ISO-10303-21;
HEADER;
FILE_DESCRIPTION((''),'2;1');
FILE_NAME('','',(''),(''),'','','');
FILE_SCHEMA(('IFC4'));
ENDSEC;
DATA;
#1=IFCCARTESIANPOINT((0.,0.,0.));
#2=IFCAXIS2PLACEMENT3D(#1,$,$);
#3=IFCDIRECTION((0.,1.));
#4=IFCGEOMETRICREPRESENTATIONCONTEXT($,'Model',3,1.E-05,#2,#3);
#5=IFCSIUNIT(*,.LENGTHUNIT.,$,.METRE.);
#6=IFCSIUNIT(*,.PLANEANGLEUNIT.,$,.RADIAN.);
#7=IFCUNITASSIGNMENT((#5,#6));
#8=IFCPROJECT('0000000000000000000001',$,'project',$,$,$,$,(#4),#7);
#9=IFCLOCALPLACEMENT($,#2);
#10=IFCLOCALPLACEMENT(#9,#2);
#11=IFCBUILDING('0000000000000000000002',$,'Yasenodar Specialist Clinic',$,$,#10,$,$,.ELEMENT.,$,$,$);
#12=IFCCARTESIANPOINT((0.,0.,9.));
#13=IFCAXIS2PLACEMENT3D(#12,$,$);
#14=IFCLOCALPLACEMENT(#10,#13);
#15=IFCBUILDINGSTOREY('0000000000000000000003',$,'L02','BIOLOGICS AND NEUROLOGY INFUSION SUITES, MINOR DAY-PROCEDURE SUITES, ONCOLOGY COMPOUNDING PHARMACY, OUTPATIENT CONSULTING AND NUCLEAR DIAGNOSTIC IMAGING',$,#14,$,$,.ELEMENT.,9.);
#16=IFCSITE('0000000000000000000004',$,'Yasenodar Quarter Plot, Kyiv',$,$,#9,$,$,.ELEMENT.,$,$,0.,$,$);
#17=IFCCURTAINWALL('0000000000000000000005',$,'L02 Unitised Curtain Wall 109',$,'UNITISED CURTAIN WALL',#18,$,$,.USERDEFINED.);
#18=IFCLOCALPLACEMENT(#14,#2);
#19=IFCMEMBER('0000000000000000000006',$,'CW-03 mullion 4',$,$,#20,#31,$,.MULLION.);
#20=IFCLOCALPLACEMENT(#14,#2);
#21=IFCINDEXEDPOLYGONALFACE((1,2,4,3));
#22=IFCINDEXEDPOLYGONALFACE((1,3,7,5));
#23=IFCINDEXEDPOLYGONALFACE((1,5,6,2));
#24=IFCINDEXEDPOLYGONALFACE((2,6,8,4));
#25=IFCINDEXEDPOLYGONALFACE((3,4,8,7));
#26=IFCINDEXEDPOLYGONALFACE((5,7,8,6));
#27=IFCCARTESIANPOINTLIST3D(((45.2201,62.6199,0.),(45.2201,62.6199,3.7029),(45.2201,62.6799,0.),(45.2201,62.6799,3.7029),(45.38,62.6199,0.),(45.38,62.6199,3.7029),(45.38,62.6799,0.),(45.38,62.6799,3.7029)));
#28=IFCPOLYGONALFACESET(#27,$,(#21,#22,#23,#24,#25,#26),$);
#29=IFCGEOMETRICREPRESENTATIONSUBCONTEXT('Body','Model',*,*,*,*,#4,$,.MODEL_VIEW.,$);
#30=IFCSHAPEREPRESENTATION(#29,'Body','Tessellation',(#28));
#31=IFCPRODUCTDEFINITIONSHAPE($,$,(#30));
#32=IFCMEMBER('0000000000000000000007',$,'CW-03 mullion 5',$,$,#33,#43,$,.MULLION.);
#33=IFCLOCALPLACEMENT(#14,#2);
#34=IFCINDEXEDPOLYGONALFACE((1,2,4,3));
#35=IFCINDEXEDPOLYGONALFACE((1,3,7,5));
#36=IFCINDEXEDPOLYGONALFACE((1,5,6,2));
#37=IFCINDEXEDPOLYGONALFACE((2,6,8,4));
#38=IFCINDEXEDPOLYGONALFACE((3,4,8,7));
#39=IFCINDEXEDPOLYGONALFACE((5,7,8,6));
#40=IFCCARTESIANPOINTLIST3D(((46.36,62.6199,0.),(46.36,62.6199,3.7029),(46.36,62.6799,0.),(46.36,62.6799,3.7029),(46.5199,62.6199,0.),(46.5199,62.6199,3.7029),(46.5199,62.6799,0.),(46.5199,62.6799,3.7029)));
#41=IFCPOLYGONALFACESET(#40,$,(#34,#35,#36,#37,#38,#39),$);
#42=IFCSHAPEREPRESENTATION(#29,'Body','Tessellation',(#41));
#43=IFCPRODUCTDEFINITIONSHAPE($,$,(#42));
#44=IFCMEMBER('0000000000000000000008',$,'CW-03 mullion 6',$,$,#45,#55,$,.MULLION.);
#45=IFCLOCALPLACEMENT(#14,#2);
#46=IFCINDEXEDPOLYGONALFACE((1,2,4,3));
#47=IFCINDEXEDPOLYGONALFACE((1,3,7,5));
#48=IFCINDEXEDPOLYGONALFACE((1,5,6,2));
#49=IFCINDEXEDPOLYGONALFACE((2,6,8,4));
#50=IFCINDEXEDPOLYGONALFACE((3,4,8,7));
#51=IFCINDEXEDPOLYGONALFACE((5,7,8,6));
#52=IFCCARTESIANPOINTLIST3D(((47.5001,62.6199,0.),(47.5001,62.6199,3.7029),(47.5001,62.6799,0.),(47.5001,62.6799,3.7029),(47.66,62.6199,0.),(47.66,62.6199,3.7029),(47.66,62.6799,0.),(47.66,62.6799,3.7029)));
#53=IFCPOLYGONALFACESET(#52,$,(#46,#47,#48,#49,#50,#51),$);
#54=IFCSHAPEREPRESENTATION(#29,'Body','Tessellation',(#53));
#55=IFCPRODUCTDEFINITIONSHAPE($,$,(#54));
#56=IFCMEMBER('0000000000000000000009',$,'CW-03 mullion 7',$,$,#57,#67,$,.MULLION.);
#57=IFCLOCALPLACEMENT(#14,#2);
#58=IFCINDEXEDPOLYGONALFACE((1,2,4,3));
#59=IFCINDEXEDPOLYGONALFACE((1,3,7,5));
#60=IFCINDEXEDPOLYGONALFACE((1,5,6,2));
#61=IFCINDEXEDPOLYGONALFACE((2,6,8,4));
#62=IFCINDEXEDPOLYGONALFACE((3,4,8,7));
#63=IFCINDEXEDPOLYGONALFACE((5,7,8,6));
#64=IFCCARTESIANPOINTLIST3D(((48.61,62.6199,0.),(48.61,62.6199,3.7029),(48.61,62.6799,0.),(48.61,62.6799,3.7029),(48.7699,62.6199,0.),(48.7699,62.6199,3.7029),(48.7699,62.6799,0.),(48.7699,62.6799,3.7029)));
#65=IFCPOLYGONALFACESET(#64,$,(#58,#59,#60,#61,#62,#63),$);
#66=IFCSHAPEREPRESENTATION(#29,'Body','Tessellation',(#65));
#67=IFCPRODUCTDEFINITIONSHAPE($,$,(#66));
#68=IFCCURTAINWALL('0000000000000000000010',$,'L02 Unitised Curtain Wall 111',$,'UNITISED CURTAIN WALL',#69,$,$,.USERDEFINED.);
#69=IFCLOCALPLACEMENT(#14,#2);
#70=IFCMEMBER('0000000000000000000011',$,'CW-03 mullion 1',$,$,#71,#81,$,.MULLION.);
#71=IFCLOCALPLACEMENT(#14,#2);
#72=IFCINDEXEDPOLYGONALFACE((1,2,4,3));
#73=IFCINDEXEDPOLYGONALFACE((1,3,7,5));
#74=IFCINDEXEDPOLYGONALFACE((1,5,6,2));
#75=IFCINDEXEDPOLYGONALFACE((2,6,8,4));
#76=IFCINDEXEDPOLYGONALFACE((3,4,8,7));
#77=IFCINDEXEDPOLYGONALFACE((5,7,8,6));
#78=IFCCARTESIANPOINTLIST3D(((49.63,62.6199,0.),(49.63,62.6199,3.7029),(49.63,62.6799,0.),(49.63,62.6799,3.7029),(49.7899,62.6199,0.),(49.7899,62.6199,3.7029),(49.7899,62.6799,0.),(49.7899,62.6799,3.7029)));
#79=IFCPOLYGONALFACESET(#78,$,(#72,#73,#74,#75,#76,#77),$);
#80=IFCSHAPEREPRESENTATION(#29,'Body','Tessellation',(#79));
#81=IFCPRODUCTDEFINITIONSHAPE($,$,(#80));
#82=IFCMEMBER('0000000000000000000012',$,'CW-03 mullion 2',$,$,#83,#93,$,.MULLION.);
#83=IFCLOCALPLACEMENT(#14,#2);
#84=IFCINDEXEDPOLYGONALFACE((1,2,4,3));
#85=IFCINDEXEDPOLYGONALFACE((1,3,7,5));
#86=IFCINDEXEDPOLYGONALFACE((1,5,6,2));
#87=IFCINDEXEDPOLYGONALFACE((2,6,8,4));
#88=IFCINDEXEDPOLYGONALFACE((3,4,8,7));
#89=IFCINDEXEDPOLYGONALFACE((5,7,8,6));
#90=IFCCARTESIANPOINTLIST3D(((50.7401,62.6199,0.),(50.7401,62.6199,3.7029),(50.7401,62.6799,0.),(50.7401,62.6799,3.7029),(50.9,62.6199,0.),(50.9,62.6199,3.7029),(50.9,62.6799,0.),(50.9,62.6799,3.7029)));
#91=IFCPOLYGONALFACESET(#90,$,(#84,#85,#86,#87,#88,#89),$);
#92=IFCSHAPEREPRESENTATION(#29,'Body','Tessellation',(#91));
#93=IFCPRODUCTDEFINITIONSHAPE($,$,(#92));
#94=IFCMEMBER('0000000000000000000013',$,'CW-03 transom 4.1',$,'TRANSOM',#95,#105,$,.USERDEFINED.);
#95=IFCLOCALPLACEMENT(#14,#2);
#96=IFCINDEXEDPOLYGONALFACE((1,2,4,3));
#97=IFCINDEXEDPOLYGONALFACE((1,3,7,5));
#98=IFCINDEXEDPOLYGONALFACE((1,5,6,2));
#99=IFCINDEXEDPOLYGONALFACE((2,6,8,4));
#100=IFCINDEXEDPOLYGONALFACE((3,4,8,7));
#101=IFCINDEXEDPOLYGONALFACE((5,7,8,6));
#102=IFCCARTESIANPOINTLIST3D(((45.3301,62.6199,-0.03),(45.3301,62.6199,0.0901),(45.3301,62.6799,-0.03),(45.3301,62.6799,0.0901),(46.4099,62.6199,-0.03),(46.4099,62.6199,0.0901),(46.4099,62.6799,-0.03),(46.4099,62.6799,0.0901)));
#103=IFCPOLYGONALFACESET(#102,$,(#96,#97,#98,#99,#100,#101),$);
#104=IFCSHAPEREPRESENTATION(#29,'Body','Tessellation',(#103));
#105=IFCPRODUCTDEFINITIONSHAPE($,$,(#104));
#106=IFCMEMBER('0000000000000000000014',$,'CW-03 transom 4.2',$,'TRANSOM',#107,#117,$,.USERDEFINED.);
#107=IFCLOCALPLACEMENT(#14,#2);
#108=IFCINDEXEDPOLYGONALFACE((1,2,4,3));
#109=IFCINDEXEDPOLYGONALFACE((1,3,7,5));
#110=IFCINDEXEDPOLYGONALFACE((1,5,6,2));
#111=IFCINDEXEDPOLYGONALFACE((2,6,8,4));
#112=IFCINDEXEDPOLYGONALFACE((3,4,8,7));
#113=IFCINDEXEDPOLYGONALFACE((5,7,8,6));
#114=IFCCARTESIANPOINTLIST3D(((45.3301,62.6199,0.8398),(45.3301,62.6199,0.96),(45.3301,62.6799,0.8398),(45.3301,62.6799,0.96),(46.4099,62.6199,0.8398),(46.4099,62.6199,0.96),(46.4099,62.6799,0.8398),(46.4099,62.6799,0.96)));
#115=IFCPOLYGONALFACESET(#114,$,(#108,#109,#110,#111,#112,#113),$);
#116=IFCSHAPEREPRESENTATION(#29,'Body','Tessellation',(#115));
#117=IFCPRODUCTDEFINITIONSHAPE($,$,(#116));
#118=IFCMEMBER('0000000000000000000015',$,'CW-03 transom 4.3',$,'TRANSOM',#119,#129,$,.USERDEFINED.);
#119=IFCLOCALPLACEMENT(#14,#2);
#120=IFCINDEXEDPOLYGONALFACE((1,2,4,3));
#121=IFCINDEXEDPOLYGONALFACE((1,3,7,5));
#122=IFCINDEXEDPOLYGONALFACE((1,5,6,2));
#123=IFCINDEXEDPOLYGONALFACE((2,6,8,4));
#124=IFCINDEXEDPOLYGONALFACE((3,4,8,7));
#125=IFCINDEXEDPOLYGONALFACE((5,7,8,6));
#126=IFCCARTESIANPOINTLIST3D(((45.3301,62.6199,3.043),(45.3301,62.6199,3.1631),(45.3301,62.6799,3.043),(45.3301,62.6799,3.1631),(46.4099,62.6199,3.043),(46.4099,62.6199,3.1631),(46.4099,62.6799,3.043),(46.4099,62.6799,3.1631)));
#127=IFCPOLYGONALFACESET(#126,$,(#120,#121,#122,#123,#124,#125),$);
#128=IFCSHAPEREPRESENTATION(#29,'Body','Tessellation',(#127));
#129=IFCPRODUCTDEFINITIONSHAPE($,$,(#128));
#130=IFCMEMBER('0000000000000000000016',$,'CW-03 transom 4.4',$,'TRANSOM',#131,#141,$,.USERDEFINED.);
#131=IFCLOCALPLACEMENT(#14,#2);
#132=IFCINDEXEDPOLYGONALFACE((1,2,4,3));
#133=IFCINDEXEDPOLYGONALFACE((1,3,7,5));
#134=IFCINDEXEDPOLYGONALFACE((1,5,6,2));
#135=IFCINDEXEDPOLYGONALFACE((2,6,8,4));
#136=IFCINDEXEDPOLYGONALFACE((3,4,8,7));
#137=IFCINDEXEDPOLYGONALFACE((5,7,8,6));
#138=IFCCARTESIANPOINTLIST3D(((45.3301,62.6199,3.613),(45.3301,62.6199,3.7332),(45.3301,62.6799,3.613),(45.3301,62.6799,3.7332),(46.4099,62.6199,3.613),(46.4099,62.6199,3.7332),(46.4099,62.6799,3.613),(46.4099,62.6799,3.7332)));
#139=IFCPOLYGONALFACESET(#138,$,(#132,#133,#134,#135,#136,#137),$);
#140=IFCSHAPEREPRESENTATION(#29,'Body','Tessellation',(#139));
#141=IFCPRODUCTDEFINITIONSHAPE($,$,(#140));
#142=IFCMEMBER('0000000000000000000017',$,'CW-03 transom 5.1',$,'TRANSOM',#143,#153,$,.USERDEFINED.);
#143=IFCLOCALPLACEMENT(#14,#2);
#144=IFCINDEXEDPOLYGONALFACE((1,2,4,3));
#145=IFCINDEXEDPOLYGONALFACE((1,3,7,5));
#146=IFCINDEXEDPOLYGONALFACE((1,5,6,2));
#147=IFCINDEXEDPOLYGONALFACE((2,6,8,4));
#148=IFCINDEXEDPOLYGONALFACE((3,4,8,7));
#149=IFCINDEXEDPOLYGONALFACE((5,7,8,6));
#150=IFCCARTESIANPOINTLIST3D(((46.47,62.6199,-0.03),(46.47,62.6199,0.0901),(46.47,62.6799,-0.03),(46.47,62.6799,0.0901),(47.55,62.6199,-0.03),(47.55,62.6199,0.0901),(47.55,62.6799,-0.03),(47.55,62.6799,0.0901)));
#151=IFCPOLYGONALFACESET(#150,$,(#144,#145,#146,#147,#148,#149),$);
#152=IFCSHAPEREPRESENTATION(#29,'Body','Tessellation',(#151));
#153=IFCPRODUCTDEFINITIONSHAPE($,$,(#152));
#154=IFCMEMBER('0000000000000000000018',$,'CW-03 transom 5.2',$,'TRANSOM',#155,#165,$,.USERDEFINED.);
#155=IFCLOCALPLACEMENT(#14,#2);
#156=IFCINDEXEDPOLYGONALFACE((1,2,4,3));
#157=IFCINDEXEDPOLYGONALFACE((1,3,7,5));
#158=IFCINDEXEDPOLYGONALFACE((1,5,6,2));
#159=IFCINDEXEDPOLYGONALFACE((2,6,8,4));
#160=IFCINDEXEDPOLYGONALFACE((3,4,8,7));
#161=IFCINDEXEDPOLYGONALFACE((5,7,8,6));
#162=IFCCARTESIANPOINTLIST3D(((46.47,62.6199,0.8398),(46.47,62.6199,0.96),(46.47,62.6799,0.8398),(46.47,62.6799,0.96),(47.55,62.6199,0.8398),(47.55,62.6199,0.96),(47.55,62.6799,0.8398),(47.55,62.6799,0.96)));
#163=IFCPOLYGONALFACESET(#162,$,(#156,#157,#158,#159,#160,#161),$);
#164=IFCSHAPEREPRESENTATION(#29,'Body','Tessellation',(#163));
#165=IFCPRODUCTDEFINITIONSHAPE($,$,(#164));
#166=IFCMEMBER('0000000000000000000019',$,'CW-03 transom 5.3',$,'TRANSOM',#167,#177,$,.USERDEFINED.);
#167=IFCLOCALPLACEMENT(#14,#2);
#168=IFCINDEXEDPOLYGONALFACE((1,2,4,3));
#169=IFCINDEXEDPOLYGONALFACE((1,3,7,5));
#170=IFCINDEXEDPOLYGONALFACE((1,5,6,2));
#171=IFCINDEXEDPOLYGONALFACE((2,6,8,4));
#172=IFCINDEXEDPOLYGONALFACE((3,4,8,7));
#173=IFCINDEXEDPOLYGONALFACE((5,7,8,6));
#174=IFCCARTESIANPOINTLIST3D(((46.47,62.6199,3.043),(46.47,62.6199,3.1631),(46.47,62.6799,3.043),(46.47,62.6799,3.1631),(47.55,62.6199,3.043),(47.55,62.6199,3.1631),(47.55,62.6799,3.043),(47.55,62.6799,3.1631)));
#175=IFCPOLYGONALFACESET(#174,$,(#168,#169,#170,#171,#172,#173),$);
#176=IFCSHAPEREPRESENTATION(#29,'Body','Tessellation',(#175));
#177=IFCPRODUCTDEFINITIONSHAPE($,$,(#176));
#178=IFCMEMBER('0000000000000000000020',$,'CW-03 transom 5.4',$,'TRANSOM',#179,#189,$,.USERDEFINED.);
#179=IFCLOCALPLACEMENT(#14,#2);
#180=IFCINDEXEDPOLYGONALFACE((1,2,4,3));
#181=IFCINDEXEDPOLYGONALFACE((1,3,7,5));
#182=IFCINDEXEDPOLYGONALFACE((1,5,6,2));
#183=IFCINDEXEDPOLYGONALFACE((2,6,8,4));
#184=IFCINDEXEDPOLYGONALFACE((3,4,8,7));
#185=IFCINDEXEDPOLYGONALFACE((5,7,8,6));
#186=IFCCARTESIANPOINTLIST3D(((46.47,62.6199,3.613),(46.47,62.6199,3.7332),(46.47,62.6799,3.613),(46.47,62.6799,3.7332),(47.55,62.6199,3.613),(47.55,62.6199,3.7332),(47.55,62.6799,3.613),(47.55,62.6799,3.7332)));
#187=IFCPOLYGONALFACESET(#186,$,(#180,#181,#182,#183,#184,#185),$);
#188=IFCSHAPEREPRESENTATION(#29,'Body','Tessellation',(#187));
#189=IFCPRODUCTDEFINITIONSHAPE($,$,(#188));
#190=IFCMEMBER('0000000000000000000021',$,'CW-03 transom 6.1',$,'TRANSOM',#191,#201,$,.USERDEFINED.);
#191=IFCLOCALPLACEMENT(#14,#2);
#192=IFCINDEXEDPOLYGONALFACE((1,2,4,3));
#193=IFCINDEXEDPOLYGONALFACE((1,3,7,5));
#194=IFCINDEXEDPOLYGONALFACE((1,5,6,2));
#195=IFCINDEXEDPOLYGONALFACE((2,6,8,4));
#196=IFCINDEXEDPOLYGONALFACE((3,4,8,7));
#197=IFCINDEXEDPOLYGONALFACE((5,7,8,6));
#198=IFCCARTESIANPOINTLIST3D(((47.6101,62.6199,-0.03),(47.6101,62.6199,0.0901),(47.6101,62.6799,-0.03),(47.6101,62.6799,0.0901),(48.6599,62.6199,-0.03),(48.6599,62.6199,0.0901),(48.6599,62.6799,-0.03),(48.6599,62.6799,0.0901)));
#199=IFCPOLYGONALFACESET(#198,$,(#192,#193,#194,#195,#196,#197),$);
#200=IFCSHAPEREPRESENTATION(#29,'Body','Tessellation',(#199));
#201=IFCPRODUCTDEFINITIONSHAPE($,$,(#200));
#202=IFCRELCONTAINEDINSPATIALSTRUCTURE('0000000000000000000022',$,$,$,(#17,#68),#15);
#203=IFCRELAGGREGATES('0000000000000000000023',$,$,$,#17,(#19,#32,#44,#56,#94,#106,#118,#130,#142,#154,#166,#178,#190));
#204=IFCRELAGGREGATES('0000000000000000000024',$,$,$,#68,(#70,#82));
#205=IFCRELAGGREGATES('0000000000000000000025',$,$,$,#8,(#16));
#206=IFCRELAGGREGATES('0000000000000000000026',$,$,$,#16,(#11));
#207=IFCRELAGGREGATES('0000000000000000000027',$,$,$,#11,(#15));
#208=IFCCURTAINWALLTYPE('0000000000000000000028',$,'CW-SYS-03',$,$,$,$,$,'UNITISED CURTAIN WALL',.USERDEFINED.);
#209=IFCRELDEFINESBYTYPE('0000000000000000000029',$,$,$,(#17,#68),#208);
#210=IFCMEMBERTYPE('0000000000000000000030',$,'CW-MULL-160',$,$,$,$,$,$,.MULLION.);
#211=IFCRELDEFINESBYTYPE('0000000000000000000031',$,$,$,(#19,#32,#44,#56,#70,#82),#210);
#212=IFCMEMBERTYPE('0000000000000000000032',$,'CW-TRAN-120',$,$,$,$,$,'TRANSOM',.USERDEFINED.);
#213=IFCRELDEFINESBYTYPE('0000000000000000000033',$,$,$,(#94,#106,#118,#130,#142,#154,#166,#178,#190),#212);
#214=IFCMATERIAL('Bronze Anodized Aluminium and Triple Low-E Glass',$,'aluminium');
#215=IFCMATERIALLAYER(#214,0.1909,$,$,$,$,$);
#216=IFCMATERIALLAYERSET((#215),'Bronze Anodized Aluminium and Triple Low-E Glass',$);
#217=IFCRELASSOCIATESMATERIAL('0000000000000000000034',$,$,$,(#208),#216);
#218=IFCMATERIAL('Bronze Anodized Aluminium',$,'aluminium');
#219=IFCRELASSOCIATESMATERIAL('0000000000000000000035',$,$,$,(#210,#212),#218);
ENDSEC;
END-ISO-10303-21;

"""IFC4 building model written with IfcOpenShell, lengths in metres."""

from ifc_helpers import new_model, si_unit, direction, frame, origin, origin_2d, place, context, subcontext, project, spatial, rectangle, extrude, material, layer, layer_set, material_profile, profile_set, type_object, element, aggregate, save


model = new_model("IFC4")

# Units and contexts
model_context = context("Model", 3, precision=1e-05, world=origin(), true_north=direction((0.0, 1.0)))
body_context = subcontext(model_context, "Body", "Model", "MODEL_VIEW")
ifc_project = project(units=[si_unit("LENGTHUNIT", "METRE"), si_unit("PLANEANGLEUNIT", "RADIAN")], contexts=[model_context])

# Site, building, storey
site_placement = place(None, origin())
site = spatial("IfcSite", under=ifc_project, at=site_placement, Name="Yasenodar Quarter Plot, Kyiv", CompositionType="ELEMENT", RefElevation=0.0)
building_placement = place(site_placement, origin())
building = spatial("IfcBuilding", under=site, at=building_placement, Name="Yasenodar Specialist Clinic", CompositionType="ELEMENT")
storey_placement = place(building_placement, frame((0.0, 0.0, 9.0)))
storey = spatial("IfcBuildingStorey", under=building, at=storey_placement, Name="L02", Description="BIOLOGICS AND NEUROLOGY INFUSION SUITES, MINOR DAY-PROCEDURE SUITES, ONCOLOGY COMPOUNDING PHARMACY, OUTPATIENT CONSULTING AND NUCLEAR DIAGNOSTIC IMAGING", CompositionType="ELEMENT", Elevation=9.0)

# Curtain walls, members
ifc_material_1 = material(Name="Bronze Anodized Aluminium and Triple Low-E Glass", Category="aluminium")
ifc_layer_1 = layer(ifc_material_1, 0.1909)
ifc_layer_set_1 = layer_set([ifc_layer_1], Name="Bronze Anodized Aluminium and Triple Low-E Glass")
curtain_wall_type = type_object("IfcCurtainWallType", Name="CW-SYS-03", ElementType="UNITISED CURTAIN WALL", PredefinedType="USERDEFINED", material=ifc_layer_set_1)
curtain_wall_1_placement = place(storey_placement, origin())
curtain_wall_1 = element("IfcCurtainWall", 1, at=curtain_wall_1_placement, inside=storey, type_object=curtain_wall_type, Name="L02 Unitised Curtain Wall 109", ObjectType="UNITISED CURTAIN WALL", PredefinedType="USERDEFINED")
ifc_material_2 = material(Name="Bronze Anodized Aluminium", Category="aluminium")
ifc_material_profile_1 = material_profile(ifc_material_2, rectangle(XDim=0.0601, YDim=0.1599, at=origin_2d()), Name="CW-MULL 60x160")
ifc_profile_set_1 = profile_set([ifc_material_profile_1], Name="Bronze Anodized Aluminium")
member_type_1 = type_object("IfcMemberType", Name="CW-MULL-160", PredefinedType="MULLION", material=ifc_profile_set_1)
member_1_placement = place(storey_placement, frame((45.3, 62.6499, 0.0), z_axis=(0.0, 0.0, 1.0), x_axis=(0.0, 1.0, 0.0)))
member_1 = element("IfcMember", 2, at=member_1_placement, type_object=member_type_1, Name="CW-03 mullion 4", PredefinedType="MULLION", context=body_context, shape_type="SweptSolid", body=[
    extrude(rectangle(XDim=0.0601, YDim=0.1599, at=origin_2d()), origin(), (0.0, 0.0, 1.0), 3.7029),
])
member_2_placement = place(storey_placement, frame((46.4399, 62.6499, 0.0), z_axis=(0.0, 0.0, 1.0), x_axis=(0.0, 1.0, 0.0)))
member_2 = element("IfcMember", 3, at=member_2_placement, type_object=member_type_1, Name="CW-03 mullion 5", PredefinedType="MULLION", context=body_context, shape_type="SweptSolid", body=[
    extrude(rectangle(XDim=0.0601, YDim=0.1599, at=origin_2d()), origin(), (0.0, 0.0, 1.0), 3.7029),
])
member_3_placement = place(storey_placement, frame((47.5801, 62.6499, 0.0), z_axis=(0.0, 0.0, 1.0), x_axis=(0.0, 1.0, 0.0)))
member_3 = element("IfcMember", 4, at=member_3_placement, type_object=member_type_1, Name="CW-03 mullion 6", PredefinedType="MULLION", context=body_context, shape_type="SweptSolid", body=[
    extrude(rectangle(XDim=0.0601, YDim=0.1599, at=origin_2d()), origin(), (0.0, 0.0, 1.0), 3.7029),
])
member_4_placement = place(storey_placement, frame((48.6899, 62.6499, 0.0), z_axis=(0.0, 0.0, 1.0), x_axis=(0.0, 1.0, 0.0)))
member_4 = element("IfcMember", 5, at=member_4_placement, type_object=member_type_1, Name="CW-03 mullion 7", PredefinedType="MULLION", context=body_context, shape_type="SweptSolid", body=[
    extrude(rectangle(XDim=0.0601, YDim=0.1599, at=origin_2d()), origin(), (0.0, 0.0, 1.0), 3.7029),
])
curtain_wall_2_placement = place(storey_placement, origin())
curtain_wall_2 = element("IfcCurtainWall", 6, at=curtain_wall_2_placement, inside=storey, type_object=curtain_wall_type, Name="L02 Unitised Curtain Wall 111", ObjectType="UNITISED CURTAIN WALL", PredefinedType="USERDEFINED")
member_5_placement = place(storey_placement, frame((49.71, 62.6499, 0.0), z_axis=(0.0, 0.0, 1.0), x_axis=(0.0, 1.0, 0.0)))
member_5 = element("IfcMember", 7, at=member_5_placement, type_object=member_type_1, Name="CW-03 mullion 1", PredefinedType="MULLION", context=body_context, shape_type="SweptSolid", body=[
    extrude(rectangle(XDim=0.0601, YDim=0.1599, at=origin_2d()), origin(), (0.0, 0.0, 1.0), 3.7029),
])
member_6_placement = place(storey_placement, frame((50.8201, 62.6499, 0.0), z_axis=(0.0, 0.0, 1.0), x_axis=(0.0, 1.0, 0.0)))
member_6 = element("IfcMember", 8, at=member_6_placement, type_object=member_type_1, Name="CW-03 mullion 2", PredefinedType="MULLION", context=body_context, shape_type="SweptSolid", body=[
    extrude(rectangle(XDim=0.0601, YDim=0.1599, at=origin_2d()), origin(), (0.0, 0.0, 1.0), 3.7029),
])

# Members
ifc_material_profile_2 = material_profile(ifc_material_2, rectangle(XDim=0.0601, YDim=0.1201, at=origin_2d()), Name="CW-TRAN 60x120")
ifc_profile_set_2 = profile_set([ifc_material_profile_2], Name="Bronze Anodized Aluminium")
member_type_2 = type_object("IfcMemberType", Name="CW-TRAN-120", ElementType="TRANSOM", PredefinedType="USERDEFINED", material=ifc_profile_set_2)
member_7_placement = place(storey_placement, frame((45.3301, 62.6499, 0.03), z_axis=(1.0, 0.0, 0.0), x_axis=(0.0, 1.0, 0.0)))
member_7 = element("IfcMember", 9, at=member_7_placement, type_object=member_type_2, Name="CW-03 transom 4.1", ObjectType="TRANSOM", PredefinedType="USERDEFINED", context=body_context, shape_type="SweptSolid", body=[
    extrude(rectangle(XDim=0.0601, YDim=0.1201, at=origin_2d()), origin(), (0.0, 0.0, 1.0), 1.0798),
])
member_8_placement = place(storey_placement, frame((45.3301, 62.6499, 0.8999), z_axis=(1.0, 0.0, 0.0), x_axis=(0.0, 1.0, 0.0)))
member_8 = element("IfcMember", 10, at=member_8_placement, type_object=member_type_2, Name="CW-03 transom 4.2", ObjectType="TRANSOM", PredefinedType="USERDEFINED", context=body_context, shape_type="SweptSolid", body=[
    extrude(rectangle(XDim=0.0601, YDim=0.1201, at=origin_2d()), origin(), (0.0, 0.0, 1.0), 1.0798),
])
member_9_placement = place(storey_placement, frame((45.3301, 62.6499, 3.103), z_axis=(1.0, 0.0, 0.0), x_axis=(0.0, 1.0, 0.0)))
member_9 = element("IfcMember", 11, at=member_9_placement, type_object=member_type_2, Name="CW-03 transom 4.3", ObjectType="TRANSOM", PredefinedType="USERDEFINED", context=body_context, shape_type="SweptSolid", body=[
    extrude(rectangle(XDim=0.0601, YDim=0.1201, at=origin_2d()), origin(), (0.0, 0.0, 1.0), 1.0798),
])
member_10_placement = place(storey_placement, frame((45.3301, 62.6499, 3.6731), z_axis=(1.0, 0.0, 0.0), x_axis=(0.0, 1.0, 0.0)))
member_10 = element("IfcMember", 12, at=member_10_placement, type_object=member_type_2, Name="CW-03 transom 4.4", ObjectType="TRANSOM", PredefinedType="USERDEFINED", context=body_context, shape_type="SweptSolid", body=[
    extrude(rectangle(XDim=0.0601, YDim=0.1201, at=origin_2d()), origin(), (0.0, 0.0, 1.0), 1.0798),
])
member_11_placement = place(storey_placement, frame((46.47, 62.6499, 0.03), z_axis=(1.0, 0.0, 0.0), x_axis=(0.0, 1.0, 0.0)))
member_11 = element("IfcMember", 13, at=member_11_placement, type_object=member_type_2, Name="CW-03 transom 5.1", ObjectType="TRANSOM", PredefinedType="USERDEFINED", context=body_context, shape_type="SweptSolid", body=[
    extrude(rectangle(XDim=0.0601, YDim=0.1201, at=origin_2d()), origin(), (0.0, 0.0, 1.0), 1.0801),
])
member_12_placement = place(storey_placement, frame((46.47, 62.6499, 0.8999), z_axis=(1.0, 0.0, 0.0), x_axis=(0.0, 1.0, 0.0)))
member_12 = element("IfcMember", 14, at=member_12_placement, type_object=member_type_2, Name="CW-03 transom 5.2", ObjectType="TRANSOM", PredefinedType="USERDEFINED", context=body_context, shape_type="SweptSolid", body=[
    extrude(rectangle(XDim=0.0601, YDim=0.1201, at=origin_2d()), origin(), (0.0, 0.0, 1.0), 1.0801),
])
member_13_placement = place(storey_placement, frame((46.47, 62.6499, 3.103), z_axis=(1.0, 0.0, 0.0), x_axis=(0.0, 1.0, 0.0)))
member_13 = element("IfcMember", 15, at=member_13_placement, type_object=member_type_2, Name="CW-03 transom 5.3", ObjectType="TRANSOM", PredefinedType="USERDEFINED", context=body_context, shape_type="SweptSolid", body=[
    extrude(rectangle(XDim=0.0601, YDim=0.1201, at=origin_2d()), origin(), (0.0, 0.0, 1.0), 1.0801),
])
member_14_placement = place(storey_placement, frame((46.47, 62.6499, 3.6731), z_axis=(1.0, 0.0, 0.0), x_axis=(0.0, 1.0, 0.0)))
member_14 = element("IfcMember", 16, at=member_14_placement, type_object=member_type_2, Name="CW-03 transom 5.4", ObjectType="TRANSOM", PredefinedType="USERDEFINED", context=body_context, shape_type="SweptSolid", body=[
    extrude(rectangle(XDim=0.0601, YDim=0.1201, at=origin_2d()), origin(), (0.0, 0.0, 1.0), 1.0801),
])
member_15_placement = place(storey_placement, frame((47.6101, 62.6499, 0.03), z_axis=(1.0, 0.0, 0.0), x_axis=(0.0, 1.0, 0.0)))
member_15 = element("IfcMember", 17, at=member_15_placement, type_object=member_type_2, Name="CW-03 transom 6.1", ObjectType="TRANSOM", PredefinedType="USERDEFINED", context=body_context, shape_type="SweptSolid", body=[
    extrude(rectangle(XDim=0.0601, YDim=0.1201, at=origin_2d()), origin(), (0.0, 0.0, 1.0), 1.0498),
])

aggregate(curtain_wall_1, [member_1, member_2, member_3, member_4, member_7, member_8, member_9, member_10, member_11, member_12, member_13, member_14, member_15])
aggregate(curtain_wall_2, [member_5, member_6])

save(model, "model.ifc")
